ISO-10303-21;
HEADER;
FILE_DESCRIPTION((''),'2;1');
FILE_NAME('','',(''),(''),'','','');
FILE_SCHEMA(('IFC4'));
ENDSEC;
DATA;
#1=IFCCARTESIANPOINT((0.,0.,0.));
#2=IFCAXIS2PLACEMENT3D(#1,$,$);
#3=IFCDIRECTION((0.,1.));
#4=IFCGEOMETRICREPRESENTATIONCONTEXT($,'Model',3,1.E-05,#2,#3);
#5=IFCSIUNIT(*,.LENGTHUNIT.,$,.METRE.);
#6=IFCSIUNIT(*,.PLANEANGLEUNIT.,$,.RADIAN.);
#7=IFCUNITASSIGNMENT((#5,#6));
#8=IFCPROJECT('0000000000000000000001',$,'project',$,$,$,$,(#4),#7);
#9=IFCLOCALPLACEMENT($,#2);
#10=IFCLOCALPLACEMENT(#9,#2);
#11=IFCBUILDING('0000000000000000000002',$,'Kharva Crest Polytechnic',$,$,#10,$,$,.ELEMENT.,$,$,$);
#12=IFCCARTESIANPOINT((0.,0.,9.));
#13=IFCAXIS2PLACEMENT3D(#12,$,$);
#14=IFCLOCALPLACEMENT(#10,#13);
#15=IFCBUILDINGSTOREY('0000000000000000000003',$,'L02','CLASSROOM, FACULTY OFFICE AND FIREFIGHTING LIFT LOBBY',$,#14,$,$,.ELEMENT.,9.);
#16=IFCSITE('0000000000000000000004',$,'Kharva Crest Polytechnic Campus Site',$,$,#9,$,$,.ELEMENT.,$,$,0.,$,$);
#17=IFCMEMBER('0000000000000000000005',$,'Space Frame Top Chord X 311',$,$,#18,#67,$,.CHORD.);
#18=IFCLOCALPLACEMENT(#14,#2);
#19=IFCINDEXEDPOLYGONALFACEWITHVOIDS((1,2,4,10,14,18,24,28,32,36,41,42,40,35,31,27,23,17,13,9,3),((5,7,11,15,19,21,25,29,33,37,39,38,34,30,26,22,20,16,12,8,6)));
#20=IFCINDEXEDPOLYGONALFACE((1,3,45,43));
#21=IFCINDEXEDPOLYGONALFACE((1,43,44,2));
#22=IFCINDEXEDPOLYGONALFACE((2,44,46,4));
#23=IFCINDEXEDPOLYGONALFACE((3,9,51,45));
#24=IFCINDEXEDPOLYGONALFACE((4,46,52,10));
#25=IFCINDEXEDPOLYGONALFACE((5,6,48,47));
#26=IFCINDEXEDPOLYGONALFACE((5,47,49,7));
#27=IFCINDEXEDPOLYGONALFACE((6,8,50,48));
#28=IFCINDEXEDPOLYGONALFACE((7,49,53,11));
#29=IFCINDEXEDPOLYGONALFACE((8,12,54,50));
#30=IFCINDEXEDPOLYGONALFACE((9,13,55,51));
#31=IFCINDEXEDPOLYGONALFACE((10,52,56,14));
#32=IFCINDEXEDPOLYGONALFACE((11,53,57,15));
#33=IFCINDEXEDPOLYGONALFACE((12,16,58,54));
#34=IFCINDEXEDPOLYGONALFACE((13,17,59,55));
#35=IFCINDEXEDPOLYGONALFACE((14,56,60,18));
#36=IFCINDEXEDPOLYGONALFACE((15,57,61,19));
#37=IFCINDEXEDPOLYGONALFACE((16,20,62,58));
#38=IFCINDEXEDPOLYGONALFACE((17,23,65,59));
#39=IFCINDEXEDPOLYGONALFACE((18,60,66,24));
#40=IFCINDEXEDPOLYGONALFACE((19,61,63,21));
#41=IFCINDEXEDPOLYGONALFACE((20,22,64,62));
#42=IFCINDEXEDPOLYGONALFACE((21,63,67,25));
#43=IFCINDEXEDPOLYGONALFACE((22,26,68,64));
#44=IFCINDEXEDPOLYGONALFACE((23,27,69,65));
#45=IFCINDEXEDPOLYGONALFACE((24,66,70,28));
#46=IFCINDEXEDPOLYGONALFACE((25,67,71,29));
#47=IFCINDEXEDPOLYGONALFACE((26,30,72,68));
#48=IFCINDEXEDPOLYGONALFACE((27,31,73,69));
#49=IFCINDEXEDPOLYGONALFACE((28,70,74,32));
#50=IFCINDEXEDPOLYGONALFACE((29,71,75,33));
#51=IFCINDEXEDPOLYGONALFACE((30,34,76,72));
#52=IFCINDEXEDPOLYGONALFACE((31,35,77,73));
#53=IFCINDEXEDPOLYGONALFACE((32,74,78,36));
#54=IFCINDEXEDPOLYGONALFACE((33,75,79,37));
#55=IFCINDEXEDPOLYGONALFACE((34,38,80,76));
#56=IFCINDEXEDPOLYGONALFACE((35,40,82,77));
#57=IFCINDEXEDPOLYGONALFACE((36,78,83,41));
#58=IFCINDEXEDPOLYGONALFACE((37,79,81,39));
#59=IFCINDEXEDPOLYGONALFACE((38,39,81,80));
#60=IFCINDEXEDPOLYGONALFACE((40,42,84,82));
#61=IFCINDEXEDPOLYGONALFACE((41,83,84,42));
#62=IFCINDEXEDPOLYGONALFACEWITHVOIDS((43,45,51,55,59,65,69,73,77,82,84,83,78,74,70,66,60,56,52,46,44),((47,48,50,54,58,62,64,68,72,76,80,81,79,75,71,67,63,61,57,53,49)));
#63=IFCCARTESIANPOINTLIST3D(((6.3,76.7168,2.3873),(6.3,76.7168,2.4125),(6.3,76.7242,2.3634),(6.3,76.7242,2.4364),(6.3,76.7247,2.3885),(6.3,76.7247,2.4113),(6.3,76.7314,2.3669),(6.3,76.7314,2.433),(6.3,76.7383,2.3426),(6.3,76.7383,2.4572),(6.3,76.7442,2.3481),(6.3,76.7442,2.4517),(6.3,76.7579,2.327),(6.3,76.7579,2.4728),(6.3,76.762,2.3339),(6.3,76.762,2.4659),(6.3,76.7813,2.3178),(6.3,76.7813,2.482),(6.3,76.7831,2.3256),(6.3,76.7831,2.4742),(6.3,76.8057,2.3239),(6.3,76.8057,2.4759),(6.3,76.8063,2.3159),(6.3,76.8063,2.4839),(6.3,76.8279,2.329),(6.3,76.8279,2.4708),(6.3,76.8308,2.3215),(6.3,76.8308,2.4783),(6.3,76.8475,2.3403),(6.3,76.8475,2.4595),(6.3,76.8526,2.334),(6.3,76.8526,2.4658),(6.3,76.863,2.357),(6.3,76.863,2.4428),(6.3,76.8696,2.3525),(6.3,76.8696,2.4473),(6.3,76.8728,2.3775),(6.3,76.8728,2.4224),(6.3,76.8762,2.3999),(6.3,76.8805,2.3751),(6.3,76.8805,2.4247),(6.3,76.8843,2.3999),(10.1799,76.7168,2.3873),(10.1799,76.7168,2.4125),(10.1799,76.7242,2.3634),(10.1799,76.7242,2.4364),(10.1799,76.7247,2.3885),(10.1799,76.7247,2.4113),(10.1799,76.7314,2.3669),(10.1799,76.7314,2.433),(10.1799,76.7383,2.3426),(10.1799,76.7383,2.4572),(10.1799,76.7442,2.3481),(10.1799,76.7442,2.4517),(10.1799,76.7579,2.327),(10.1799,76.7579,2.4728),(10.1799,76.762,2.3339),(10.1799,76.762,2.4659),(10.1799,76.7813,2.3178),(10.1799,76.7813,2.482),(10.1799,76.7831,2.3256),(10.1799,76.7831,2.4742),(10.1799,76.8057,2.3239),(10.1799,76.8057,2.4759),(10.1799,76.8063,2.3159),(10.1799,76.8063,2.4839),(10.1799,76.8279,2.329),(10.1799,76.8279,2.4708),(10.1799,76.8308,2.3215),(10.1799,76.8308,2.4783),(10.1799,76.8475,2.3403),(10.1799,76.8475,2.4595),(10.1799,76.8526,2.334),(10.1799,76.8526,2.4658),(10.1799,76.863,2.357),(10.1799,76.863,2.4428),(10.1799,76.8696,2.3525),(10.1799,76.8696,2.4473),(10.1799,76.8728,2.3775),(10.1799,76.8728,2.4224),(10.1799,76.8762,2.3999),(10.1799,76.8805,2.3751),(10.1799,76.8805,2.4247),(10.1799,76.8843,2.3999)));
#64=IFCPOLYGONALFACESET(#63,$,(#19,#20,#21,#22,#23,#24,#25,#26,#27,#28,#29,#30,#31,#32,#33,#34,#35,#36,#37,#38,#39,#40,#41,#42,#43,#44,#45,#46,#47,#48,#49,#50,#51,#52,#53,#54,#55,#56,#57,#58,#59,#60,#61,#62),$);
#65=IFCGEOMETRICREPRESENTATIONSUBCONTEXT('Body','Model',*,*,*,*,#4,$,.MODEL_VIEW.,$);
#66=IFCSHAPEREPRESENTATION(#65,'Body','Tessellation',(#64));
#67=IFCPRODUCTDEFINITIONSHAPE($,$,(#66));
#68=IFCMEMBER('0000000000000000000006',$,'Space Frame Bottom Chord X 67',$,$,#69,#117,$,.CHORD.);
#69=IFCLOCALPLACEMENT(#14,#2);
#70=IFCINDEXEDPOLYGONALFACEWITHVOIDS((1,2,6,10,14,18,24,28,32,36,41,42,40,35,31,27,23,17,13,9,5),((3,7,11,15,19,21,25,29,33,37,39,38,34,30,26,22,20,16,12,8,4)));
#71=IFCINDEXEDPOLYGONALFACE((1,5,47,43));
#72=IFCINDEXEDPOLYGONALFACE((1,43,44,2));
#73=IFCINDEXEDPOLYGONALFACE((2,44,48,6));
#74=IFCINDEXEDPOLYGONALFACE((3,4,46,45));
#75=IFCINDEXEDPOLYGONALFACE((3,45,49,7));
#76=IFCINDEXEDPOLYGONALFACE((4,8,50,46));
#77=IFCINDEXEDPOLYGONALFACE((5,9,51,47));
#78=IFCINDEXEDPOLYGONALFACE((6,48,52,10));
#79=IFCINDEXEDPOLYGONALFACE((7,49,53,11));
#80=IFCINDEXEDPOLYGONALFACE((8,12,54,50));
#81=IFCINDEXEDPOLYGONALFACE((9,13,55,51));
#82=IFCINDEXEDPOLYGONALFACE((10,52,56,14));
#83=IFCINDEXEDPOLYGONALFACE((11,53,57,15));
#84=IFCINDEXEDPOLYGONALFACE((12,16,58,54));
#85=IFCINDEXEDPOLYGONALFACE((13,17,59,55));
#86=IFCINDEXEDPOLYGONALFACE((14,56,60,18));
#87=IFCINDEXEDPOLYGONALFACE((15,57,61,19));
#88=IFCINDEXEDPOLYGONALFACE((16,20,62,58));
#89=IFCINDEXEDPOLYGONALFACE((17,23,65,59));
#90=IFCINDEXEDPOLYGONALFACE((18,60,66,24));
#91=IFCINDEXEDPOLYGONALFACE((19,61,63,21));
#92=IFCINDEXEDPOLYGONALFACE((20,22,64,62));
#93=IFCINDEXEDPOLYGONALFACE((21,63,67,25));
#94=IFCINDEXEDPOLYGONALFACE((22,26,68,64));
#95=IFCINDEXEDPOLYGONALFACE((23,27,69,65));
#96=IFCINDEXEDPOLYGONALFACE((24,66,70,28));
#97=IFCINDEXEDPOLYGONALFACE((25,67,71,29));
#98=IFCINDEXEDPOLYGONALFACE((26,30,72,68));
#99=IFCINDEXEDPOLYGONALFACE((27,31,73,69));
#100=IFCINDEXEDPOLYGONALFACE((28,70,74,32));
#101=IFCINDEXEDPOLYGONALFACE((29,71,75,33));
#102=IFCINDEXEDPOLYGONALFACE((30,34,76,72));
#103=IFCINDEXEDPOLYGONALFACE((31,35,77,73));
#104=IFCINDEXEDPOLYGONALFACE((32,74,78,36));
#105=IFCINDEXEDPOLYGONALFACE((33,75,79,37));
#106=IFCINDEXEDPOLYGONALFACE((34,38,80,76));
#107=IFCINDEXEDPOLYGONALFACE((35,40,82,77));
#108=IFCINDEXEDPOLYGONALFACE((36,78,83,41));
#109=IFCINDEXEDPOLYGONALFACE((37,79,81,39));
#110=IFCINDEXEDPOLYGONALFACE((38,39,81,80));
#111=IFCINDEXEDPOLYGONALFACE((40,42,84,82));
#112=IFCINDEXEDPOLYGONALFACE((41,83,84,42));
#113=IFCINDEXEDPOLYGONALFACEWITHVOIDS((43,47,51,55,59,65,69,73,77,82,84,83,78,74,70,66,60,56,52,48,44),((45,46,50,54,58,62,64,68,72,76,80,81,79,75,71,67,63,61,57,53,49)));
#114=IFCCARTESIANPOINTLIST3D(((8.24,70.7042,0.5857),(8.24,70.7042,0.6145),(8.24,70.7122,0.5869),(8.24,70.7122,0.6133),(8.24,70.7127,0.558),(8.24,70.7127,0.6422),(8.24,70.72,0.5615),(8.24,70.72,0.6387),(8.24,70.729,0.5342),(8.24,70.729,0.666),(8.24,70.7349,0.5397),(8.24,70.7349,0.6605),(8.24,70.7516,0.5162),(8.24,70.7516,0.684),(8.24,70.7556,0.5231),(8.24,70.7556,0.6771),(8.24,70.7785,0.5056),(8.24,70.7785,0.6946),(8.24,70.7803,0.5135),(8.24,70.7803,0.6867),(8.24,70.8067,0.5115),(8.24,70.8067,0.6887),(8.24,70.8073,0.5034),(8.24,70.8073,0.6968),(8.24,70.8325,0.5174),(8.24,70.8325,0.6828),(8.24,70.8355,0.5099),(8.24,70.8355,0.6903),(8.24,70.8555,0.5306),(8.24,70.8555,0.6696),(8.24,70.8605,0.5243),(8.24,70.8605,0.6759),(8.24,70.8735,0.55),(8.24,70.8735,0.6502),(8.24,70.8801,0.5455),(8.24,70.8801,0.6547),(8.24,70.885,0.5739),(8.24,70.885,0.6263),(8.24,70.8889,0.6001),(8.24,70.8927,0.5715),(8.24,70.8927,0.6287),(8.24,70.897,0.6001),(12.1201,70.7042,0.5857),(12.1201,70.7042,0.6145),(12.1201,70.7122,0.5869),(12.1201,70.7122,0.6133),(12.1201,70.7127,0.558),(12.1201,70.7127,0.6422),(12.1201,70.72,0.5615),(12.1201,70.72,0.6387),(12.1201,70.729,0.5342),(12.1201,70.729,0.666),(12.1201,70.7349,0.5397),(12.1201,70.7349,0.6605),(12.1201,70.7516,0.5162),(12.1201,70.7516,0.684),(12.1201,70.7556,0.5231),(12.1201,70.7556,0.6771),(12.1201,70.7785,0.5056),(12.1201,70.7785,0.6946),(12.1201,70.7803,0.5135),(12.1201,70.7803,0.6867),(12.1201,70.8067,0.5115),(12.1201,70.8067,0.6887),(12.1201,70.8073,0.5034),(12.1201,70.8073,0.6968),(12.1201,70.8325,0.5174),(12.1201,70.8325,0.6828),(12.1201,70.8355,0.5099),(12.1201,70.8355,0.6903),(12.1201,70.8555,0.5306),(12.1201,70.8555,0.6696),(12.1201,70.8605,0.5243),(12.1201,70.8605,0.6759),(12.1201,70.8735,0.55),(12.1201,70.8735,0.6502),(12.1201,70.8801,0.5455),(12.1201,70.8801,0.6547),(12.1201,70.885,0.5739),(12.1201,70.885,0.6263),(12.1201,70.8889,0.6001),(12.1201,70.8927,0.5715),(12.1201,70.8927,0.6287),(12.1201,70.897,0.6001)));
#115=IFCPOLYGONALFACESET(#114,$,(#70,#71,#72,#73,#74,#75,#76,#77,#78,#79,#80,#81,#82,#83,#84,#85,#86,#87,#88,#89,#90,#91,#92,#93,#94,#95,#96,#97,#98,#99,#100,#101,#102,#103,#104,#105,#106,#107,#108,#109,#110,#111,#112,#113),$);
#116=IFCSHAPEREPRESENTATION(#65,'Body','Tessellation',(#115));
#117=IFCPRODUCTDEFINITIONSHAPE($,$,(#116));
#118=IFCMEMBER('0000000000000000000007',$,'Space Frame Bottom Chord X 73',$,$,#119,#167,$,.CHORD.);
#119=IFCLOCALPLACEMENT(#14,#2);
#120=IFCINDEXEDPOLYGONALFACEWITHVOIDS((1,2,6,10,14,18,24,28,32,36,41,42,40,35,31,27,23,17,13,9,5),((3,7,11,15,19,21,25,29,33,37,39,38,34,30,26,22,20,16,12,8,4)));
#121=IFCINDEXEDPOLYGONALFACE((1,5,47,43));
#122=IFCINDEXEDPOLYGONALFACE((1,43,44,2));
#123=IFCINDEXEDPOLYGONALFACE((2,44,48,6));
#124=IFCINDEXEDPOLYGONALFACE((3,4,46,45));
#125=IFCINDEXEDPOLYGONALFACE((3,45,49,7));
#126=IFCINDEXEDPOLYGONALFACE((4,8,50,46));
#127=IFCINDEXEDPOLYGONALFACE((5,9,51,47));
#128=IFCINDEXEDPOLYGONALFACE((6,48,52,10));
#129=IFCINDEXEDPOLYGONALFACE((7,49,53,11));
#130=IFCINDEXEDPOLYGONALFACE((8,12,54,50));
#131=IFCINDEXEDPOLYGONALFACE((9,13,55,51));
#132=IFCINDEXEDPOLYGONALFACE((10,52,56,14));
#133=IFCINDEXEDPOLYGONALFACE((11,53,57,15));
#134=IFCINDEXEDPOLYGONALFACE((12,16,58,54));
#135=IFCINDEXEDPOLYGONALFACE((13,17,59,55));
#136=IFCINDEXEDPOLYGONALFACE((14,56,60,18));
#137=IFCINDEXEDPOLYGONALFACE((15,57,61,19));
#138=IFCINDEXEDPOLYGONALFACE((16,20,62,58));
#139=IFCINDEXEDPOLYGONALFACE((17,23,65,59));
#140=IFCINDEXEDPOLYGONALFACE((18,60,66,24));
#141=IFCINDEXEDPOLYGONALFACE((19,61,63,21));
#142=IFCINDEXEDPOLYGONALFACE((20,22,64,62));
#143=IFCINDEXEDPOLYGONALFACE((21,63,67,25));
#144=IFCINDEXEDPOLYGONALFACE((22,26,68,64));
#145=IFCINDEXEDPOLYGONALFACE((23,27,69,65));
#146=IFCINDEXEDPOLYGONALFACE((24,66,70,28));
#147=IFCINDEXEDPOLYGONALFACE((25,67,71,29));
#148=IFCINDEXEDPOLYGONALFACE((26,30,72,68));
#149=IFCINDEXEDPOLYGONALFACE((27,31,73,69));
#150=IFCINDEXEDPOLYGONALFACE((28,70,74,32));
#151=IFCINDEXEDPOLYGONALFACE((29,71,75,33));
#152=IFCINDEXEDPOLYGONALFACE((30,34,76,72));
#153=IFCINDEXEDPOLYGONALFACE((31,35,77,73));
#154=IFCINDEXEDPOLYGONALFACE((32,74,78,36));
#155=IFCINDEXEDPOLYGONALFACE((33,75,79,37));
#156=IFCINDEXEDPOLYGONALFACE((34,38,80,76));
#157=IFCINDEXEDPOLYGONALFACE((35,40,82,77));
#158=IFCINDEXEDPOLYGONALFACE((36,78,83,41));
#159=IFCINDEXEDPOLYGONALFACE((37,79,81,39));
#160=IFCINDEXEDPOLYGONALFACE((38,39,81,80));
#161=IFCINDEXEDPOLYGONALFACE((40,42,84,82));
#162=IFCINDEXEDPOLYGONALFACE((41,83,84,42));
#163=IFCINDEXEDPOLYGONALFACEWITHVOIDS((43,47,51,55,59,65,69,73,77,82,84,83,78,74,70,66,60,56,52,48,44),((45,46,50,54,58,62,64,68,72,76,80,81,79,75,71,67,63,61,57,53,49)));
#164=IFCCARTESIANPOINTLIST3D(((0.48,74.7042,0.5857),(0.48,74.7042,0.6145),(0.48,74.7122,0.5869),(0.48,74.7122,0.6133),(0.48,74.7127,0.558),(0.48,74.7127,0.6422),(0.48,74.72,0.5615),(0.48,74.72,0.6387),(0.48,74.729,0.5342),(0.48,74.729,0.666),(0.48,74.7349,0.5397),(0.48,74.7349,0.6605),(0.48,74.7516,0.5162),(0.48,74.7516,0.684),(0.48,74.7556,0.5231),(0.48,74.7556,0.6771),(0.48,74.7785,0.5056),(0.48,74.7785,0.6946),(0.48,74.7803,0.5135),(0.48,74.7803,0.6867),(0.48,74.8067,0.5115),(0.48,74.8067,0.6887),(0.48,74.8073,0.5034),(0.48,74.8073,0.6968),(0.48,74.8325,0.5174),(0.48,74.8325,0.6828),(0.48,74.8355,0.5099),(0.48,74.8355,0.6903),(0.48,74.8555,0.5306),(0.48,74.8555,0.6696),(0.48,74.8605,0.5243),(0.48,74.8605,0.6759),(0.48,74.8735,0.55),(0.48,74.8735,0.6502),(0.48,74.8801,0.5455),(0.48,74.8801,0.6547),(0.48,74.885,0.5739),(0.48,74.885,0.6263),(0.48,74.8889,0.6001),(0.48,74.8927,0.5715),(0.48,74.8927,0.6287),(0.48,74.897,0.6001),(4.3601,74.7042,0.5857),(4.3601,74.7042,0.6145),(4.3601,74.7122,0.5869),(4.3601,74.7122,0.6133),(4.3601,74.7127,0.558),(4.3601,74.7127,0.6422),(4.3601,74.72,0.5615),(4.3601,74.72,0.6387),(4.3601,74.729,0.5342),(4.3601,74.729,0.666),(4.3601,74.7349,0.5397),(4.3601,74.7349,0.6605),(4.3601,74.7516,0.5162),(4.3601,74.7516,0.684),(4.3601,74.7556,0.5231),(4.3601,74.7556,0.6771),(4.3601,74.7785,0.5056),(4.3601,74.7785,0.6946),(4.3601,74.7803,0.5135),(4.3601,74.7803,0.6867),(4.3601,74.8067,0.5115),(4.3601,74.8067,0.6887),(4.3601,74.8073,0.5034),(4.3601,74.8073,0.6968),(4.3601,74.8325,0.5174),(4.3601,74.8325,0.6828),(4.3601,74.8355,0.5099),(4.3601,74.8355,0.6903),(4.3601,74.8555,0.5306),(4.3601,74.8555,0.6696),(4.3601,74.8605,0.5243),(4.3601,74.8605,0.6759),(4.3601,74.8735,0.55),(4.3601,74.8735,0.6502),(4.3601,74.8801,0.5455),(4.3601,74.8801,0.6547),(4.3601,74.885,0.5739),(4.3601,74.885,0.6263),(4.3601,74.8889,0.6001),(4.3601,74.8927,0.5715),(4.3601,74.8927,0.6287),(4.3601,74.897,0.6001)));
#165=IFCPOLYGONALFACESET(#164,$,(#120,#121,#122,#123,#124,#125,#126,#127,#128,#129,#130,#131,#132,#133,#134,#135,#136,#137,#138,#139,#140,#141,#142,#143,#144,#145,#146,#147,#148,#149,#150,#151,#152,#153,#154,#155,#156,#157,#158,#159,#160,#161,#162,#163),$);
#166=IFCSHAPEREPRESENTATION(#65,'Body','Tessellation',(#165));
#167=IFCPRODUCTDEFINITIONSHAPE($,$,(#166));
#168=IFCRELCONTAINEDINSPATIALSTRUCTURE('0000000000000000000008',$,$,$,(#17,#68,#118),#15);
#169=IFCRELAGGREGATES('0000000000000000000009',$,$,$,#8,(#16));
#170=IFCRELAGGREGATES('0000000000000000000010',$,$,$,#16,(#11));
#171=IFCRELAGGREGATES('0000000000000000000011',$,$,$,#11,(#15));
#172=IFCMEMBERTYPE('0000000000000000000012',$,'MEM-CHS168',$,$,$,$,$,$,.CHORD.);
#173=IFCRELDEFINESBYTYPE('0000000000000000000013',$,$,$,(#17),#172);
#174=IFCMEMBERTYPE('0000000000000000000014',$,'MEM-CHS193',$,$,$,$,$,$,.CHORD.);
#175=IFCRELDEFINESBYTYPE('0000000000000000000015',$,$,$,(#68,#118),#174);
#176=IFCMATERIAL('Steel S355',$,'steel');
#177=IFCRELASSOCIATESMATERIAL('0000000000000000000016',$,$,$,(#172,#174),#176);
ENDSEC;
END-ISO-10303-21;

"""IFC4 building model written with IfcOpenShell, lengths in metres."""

from ifc_helpers import new_model, si_unit, direction, frame, origin, origin_2d, place, context, subcontext, project, spatial, hollow_circle, extrude, material, material_profile, profile_set, type_object, element, save


model = new_model("IFC4")

# Units and contexts
model_context = context("Model", 3, precision=1e-05, world=origin(), true_north=direction((0.0, 1.0)))
body_context = subcontext(model_context, "Body", "Model", "MODEL_VIEW")
ifc_project = project(units=[si_unit("LENGTHUNIT", "METRE"), si_unit("PLANEANGLEUNIT", "RADIAN")], contexts=[model_context])

# Site, building, storey
site_placement = place(None, origin())
site = spatial("IfcSite", under=ifc_project, at=site_placement, Name="Kharva Crest Polytechnic Campus Site", CompositionType="ELEMENT", RefElevation=0.0)
building_placement = place(site_placement, origin())
building = spatial("IfcBuilding", under=site, at=building_placement, Name="Kharva Crest Polytechnic", CompositionType="ELEMENT")
storey_placement = place(building_placement, frame((0.0, 0.0, 9.0)))
storey = spatial("IfcBuildingStorey", under=building, at=storey_placement, Name="L02", Description="CLASSROOM, FACULTY OFFICE AND FIREFIGHTING LIFT LOBBY", CompositionType="ELEMENT", Elevation=9.0)

# Shared definitions
ifc_material_1 = material(Name="Steel S355", Category="steel")

# Members
ifc_material_profile_1 = material_profile(ifc_material_1, hollow_circle(Radius=0.0842, WallThickness=0.0081, at=origin_2d()), Name="CHS 168.3X8.0")
ifc_profile_set_1 = profile_set([ifc_material_profile_1], Name="Steel S355")
member_type_1 = type_object("IfcMemberType", Name="MEM-CHS168", PredefinedType="CHORD", material=ifc_profile_set_1)
member_1_placement = place(storey_placement, frame((6.3, 76.8, 2.3999), z_axis=(1.0, 0.0, 0.0), x_axis=(0.0, 1.0, 0.0)))
element("IfcMember", 1, at=member_1_placement, inside=storey, type_object=member_type_1, Name="Space Frame Top Chord X 311", PredefinedType="CHORD", context=body_context, shape_type="SweptSolid", body=[
    extrude(hollow_circle(Radius=0.0842, WallThickness=0.0081, at=origin_2d()), origin(), (0.0, 0.0, 1.0), 3.8799),
])
ifc_material_profile_2 = material_profile(ifc_material_1, hollow_circle(Radius=0.0969, WallThickness=0.0081, at=origin_2d()), Name="CHS 193.7X8.0")
ifc_profile_set_2 = profile_set([ifc_material_profile_2], Name="Steel S355")
member_type_2 = type_object("IfcMemberType", Name="MEM-CHS193", PredefinedType="CHORD", material=ifc_profile_set_2)
for number, where, z_axis, x_axis, name in (
    (2, (8.24, 70.8, 0.6001), (1.0, 0.0, 0.0), (0.0, 1.0, 0.0), "Space Frame Bottom Chord X 67"),
    (3, (0.48, 74.8, 0.6001), (1.0, 0.0, 0.0), (0.0, 1.0, 0.0), "Space Frame Bottom Chord X 73"),
):
    element("IfcMember", number, at=place(storey_placement, frame(where, z_axis=z_axis, x_axis=x_axis)), inside=storey, type_object=member_type_2, Name=name, PredefinedType="CHORD", context=body_context, shape_type="SweptSolid", body=[
        extrude(hollow_circle(Radius=0.0969, WallThickness=0.0081, at=origin_2d()), origin(), (0.0, 0.0, 1.0), 3.8801),
    ])

save(model, "model.ifc")
